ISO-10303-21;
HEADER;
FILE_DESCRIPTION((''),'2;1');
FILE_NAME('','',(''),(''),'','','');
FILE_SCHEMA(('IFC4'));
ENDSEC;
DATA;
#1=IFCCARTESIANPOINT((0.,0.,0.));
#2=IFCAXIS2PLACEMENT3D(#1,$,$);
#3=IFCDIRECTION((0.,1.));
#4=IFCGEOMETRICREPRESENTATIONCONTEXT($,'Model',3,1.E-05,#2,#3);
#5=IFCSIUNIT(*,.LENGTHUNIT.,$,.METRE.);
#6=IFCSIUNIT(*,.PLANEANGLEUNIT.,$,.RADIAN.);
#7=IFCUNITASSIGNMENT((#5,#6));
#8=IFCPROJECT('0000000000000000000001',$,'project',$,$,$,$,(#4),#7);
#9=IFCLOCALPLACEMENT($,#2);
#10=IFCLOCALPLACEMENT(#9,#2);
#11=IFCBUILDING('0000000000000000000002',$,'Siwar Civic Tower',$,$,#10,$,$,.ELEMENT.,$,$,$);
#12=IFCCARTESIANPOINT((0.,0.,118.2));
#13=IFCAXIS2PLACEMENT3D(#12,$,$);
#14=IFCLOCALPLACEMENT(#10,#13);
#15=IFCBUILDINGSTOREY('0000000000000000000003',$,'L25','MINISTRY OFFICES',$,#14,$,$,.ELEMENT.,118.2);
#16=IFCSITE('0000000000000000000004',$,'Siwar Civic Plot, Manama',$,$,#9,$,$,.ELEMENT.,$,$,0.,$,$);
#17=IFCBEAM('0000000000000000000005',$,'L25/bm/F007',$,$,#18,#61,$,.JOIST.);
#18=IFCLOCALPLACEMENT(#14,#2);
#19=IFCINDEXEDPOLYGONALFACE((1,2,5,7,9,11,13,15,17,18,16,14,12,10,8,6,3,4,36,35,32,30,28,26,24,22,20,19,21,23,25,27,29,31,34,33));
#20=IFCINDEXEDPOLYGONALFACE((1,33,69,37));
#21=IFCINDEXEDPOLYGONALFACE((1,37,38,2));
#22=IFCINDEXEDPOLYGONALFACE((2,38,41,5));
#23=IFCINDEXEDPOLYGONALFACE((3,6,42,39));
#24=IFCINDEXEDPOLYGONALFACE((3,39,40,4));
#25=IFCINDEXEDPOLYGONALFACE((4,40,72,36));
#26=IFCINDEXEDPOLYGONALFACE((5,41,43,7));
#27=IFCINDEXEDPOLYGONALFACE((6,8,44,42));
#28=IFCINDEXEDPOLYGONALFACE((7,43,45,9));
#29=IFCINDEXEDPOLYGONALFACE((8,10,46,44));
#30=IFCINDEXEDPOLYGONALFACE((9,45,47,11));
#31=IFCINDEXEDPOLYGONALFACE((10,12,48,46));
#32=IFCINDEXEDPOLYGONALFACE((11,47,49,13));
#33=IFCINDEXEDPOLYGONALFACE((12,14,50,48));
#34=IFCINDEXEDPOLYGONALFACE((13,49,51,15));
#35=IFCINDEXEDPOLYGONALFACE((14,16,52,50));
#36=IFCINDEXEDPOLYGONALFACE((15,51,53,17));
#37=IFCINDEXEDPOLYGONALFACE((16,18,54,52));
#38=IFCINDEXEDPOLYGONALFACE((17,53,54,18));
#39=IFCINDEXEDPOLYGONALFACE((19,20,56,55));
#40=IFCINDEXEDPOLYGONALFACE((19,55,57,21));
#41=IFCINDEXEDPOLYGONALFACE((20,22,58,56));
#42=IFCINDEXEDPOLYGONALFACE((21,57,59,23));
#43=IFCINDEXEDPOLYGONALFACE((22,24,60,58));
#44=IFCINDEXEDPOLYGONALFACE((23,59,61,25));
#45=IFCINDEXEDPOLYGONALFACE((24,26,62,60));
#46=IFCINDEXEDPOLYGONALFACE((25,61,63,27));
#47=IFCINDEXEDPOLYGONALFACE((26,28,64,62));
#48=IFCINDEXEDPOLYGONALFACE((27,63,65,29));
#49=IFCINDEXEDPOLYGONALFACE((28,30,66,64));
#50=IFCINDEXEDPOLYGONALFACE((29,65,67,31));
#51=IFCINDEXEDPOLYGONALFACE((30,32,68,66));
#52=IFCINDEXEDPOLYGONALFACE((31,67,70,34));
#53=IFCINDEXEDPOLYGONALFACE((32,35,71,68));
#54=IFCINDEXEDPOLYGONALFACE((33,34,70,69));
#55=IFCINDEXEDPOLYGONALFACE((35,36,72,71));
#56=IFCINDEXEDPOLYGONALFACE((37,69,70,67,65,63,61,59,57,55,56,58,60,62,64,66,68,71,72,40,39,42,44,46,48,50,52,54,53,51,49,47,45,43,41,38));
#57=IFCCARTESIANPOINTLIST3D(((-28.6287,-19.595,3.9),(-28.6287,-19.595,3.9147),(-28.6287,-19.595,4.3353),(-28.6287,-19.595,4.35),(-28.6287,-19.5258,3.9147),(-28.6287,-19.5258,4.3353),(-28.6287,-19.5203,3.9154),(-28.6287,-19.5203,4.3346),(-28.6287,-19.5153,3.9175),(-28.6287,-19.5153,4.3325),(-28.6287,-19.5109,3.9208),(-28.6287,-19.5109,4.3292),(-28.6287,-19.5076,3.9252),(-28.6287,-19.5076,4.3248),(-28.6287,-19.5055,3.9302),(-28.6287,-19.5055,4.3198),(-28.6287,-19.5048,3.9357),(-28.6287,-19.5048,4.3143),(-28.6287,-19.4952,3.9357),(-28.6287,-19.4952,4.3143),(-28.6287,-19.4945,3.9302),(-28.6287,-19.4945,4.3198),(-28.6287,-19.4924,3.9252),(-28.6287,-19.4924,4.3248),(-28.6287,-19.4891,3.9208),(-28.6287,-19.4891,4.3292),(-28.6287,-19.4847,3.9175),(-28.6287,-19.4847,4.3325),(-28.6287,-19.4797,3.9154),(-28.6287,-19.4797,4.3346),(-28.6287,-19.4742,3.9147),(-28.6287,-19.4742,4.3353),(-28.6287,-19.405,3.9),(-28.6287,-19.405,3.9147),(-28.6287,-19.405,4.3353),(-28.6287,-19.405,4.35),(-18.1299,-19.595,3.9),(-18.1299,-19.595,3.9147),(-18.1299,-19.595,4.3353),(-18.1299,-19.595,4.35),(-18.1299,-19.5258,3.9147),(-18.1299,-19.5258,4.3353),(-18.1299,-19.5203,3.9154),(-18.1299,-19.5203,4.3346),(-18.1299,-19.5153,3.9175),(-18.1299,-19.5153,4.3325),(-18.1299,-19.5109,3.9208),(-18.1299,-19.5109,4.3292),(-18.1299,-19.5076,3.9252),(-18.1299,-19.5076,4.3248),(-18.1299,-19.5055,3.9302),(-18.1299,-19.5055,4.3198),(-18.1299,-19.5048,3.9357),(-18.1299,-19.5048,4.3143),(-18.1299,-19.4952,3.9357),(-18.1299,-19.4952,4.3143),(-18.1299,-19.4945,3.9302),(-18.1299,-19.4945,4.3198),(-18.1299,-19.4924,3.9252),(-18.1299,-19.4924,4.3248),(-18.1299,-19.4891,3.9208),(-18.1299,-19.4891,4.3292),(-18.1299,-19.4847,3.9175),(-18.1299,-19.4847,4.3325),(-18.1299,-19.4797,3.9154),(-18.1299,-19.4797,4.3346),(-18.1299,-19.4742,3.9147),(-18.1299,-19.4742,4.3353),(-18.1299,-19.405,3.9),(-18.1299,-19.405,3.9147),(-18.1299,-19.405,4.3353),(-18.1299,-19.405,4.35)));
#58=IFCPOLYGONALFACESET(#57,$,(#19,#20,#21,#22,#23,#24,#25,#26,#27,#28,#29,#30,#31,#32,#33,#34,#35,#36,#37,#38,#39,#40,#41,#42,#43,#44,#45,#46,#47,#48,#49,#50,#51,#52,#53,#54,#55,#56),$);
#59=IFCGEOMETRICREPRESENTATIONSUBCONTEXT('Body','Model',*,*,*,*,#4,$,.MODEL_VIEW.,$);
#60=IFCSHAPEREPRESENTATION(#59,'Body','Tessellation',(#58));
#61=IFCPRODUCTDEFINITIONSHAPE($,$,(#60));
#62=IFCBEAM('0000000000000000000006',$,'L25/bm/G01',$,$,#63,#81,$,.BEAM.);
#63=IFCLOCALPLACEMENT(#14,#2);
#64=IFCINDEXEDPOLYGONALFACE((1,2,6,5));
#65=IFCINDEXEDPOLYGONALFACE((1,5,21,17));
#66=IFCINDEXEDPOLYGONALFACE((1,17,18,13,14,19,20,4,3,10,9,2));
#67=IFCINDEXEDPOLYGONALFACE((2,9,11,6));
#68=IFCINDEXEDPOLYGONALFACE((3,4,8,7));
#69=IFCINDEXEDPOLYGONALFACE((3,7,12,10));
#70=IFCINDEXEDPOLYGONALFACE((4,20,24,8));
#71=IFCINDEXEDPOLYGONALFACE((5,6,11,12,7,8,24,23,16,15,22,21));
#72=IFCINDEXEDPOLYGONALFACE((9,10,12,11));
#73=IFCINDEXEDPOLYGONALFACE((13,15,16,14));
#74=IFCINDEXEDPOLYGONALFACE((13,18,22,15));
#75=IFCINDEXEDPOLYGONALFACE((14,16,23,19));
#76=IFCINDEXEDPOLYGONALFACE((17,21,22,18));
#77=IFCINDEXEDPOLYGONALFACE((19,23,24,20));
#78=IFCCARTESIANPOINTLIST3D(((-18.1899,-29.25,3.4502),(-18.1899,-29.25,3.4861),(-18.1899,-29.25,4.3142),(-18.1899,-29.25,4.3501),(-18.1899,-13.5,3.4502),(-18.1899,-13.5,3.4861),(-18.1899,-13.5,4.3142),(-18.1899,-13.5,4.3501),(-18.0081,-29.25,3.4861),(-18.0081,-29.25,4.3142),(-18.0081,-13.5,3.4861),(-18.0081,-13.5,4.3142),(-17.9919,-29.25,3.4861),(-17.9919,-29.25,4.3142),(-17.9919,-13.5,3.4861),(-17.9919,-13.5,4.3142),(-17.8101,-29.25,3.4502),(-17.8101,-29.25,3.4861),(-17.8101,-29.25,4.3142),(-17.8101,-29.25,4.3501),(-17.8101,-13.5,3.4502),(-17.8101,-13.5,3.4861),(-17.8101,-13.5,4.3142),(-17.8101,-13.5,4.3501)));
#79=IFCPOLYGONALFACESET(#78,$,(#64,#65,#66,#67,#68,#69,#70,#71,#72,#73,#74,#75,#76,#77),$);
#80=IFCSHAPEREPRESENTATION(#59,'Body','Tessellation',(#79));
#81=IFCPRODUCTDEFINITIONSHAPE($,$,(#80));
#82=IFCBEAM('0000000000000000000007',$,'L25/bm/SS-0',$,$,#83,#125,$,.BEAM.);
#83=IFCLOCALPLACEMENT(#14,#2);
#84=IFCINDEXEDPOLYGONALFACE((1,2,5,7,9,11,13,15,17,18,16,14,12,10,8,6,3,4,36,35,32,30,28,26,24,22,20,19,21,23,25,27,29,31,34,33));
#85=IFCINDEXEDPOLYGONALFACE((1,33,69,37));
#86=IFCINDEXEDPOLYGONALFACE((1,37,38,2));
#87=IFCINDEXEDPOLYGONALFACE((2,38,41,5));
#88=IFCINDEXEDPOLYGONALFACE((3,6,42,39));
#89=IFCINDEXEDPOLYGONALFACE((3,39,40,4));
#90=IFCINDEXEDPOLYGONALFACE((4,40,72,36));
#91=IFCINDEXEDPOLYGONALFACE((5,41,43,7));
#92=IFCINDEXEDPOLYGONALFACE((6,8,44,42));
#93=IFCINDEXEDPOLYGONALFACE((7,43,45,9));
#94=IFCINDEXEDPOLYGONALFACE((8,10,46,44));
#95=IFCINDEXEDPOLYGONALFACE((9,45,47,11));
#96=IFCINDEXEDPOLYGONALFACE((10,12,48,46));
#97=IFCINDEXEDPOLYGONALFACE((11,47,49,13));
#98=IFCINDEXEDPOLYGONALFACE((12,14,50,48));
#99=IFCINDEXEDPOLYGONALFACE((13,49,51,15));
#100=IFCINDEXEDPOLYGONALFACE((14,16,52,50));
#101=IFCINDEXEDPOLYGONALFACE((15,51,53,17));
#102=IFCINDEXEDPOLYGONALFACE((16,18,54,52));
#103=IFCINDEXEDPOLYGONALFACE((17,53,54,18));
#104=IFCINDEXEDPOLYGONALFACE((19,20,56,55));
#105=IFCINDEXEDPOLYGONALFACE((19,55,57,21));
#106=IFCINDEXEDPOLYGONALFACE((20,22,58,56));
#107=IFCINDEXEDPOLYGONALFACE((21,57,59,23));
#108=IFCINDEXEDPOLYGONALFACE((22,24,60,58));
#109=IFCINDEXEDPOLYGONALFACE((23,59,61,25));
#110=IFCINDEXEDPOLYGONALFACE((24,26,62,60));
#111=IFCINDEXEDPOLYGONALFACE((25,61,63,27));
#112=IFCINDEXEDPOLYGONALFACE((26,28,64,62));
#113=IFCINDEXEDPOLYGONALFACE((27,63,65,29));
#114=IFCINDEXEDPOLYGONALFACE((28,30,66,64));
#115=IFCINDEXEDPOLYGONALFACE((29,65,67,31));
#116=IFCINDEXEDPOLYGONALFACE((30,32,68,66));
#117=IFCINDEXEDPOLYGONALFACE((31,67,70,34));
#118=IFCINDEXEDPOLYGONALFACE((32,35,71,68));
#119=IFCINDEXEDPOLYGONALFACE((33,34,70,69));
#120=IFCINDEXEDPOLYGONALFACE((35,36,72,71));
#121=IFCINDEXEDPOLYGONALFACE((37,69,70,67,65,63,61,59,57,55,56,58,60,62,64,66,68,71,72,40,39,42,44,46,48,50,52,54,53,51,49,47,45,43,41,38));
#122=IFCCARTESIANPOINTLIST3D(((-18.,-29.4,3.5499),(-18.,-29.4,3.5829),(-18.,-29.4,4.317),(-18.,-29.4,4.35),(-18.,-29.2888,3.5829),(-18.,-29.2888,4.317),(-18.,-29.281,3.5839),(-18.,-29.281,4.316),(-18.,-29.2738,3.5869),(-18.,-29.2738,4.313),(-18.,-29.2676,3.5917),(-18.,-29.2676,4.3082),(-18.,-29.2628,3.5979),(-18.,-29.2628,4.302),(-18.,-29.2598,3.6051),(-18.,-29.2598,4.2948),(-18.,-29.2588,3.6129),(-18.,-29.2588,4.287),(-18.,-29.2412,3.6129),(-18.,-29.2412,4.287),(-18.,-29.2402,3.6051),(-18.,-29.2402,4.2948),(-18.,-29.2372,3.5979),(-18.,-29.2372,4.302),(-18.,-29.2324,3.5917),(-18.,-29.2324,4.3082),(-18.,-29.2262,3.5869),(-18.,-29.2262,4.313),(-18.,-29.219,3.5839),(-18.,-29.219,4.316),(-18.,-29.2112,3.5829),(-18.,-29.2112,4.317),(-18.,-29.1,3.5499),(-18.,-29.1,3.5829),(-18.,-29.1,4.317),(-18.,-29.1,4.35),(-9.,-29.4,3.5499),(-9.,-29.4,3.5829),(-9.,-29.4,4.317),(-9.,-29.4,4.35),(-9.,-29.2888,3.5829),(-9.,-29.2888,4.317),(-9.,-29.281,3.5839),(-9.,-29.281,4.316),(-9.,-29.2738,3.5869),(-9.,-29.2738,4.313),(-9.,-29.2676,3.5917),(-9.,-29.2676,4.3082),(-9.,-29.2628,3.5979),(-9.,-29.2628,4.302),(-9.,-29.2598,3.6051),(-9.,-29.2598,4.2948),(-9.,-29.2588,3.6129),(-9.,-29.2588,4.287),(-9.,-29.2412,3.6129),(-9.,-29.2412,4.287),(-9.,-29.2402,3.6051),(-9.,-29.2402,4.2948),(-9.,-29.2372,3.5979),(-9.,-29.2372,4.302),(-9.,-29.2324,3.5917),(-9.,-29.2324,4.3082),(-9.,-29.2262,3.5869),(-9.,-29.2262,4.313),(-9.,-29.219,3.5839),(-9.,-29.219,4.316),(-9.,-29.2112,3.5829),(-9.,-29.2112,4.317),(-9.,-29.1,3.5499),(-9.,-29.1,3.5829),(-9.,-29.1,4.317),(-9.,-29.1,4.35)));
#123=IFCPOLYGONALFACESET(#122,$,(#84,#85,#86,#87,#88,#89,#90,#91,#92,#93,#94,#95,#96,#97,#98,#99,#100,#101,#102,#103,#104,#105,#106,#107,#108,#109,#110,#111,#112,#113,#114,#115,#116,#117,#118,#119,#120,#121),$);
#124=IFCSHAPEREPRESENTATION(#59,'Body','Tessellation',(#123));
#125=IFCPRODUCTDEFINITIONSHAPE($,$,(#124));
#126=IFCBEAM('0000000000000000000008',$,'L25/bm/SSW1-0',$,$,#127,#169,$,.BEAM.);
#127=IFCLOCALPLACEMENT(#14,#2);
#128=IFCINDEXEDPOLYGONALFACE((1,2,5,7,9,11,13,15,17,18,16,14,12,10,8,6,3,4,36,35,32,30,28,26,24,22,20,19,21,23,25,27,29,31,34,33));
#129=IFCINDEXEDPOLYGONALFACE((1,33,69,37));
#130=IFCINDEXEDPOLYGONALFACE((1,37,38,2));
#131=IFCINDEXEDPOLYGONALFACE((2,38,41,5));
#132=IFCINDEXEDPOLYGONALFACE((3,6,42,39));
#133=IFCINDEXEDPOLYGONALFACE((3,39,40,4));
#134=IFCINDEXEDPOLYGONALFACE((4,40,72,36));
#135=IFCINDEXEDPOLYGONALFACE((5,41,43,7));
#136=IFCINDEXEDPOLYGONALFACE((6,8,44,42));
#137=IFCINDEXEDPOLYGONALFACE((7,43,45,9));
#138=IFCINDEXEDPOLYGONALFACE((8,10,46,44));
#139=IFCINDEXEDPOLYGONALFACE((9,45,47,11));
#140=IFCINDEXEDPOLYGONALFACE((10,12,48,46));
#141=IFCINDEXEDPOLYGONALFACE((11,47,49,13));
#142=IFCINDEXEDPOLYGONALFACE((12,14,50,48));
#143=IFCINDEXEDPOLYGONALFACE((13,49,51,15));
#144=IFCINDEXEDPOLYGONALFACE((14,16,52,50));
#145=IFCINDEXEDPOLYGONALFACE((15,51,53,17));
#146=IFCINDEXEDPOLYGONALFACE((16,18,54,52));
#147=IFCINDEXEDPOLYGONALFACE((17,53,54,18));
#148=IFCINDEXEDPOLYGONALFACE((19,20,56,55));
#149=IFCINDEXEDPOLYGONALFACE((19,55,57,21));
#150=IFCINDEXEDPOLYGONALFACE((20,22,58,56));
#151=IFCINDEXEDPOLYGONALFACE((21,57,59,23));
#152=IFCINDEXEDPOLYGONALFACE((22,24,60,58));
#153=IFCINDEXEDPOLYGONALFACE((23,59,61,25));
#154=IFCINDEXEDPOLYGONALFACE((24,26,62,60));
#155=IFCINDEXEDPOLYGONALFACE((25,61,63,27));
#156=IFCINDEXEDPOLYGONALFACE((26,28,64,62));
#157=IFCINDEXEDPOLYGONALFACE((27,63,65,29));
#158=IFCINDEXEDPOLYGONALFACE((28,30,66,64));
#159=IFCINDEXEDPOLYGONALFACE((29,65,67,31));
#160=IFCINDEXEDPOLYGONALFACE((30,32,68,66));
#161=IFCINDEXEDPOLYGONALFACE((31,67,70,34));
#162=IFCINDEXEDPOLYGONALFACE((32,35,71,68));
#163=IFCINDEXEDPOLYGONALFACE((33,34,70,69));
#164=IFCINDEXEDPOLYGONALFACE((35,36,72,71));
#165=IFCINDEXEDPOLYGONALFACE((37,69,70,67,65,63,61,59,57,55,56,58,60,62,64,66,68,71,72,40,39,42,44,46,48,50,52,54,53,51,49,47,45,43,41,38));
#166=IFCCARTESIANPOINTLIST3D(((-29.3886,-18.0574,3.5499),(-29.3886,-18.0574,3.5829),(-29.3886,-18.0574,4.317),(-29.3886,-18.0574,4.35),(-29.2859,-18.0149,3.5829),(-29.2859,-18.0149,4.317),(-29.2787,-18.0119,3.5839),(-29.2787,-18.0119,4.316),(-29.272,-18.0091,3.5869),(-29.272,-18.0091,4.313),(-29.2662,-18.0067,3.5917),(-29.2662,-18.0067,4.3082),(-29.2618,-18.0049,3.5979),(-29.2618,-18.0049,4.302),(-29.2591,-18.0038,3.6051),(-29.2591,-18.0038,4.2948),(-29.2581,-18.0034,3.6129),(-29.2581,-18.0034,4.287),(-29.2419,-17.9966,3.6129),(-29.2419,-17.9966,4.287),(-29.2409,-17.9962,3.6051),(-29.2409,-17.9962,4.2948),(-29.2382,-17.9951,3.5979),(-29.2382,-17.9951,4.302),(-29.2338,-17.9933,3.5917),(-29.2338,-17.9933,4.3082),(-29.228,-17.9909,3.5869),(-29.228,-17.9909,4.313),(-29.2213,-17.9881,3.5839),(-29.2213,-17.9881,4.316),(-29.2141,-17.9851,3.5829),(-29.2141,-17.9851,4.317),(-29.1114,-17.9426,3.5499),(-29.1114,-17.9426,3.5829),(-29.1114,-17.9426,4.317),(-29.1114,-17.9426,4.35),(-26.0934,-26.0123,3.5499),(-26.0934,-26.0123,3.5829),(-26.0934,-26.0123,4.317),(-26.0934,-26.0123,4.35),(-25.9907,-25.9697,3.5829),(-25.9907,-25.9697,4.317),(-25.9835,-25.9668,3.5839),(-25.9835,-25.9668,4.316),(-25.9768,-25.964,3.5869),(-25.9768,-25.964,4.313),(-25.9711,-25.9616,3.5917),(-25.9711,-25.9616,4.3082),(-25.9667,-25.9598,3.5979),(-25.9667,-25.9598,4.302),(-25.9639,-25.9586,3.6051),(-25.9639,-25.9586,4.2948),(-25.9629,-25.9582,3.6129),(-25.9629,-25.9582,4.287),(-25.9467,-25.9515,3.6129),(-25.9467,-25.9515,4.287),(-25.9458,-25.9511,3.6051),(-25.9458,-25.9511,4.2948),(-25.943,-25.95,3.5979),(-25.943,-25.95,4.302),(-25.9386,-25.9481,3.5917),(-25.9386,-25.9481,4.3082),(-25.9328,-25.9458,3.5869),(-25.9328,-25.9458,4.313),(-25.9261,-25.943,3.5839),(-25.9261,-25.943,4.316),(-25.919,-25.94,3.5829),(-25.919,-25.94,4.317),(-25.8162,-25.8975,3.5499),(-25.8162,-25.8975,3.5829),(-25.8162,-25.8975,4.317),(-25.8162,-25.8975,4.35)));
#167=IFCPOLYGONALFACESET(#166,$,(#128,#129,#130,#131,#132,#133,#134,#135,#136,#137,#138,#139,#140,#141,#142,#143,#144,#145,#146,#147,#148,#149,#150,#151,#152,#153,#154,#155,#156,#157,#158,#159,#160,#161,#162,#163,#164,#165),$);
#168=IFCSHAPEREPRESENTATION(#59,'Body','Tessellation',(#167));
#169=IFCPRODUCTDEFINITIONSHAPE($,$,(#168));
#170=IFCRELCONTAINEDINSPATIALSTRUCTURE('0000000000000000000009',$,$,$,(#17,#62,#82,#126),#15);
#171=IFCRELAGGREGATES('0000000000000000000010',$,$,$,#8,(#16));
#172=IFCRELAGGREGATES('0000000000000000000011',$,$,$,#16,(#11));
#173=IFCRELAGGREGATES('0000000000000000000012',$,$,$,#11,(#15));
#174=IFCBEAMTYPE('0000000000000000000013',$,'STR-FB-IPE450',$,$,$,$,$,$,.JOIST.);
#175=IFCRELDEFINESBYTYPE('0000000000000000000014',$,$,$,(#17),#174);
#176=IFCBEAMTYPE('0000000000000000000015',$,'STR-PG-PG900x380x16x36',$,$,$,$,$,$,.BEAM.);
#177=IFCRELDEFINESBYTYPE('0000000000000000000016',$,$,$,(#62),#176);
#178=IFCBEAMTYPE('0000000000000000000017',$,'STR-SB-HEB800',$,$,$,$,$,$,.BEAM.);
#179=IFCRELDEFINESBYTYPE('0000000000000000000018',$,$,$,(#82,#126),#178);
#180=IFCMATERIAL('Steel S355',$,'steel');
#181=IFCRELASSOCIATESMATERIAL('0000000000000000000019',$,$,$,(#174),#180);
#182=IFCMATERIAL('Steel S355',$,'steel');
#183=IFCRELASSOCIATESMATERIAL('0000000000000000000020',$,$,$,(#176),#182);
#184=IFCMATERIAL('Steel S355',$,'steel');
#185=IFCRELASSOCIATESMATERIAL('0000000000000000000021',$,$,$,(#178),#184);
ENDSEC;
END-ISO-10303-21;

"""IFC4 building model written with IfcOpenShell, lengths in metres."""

from ifc_helpers import new_model, si_unit, direction, frame, origin, origin_2d, place, context, subcontext, project, spatial, i_section, extrude, material, material_profile, profile_set, type_object, element, save


model = new_model("IFC4")

# Units and contexts
model_context = context("Model", 3, precision=1e-05, world=origin(), true_north=direction((0.0, 1.0)))
body_context = subcontext(model_context, "Body", "Model", "MODEL_VIEW")
ifc_project = project(units=[si_unit("LENGTHUNIT", "METRE"), si_unit("PLANEANGLEUNIT", "RADIAN")], contexts=[model_context])

# Site, building, storey
site_placement = place(None, origin())
site = spatial("IfcSite", under=ifc_project, at=site_placement, Name="Siwar Civic Plot, Manama", CompositionType="ELEMENT", RefElevation=0.0)
building_placement = place(site_placement, origin())
building = spatial("IfcBuilding", under=site, at=building_placement, Name="Siwar Civic Tower", CompositionType="ELEMENT")
storey_placement = place(building_placement, frame((0.0, 0.0, 118.2)))
storey = spatial("IfcBuildingStorey", under=building, at=storey_placement, Name="L25", Description="MINISTRY OFFICES", CompositionType="ELEMENT", Elevation=118.2)

# Beams
ifc_material_1 = material(Name="Steel S355", Category="steel")
ifc_material_profile_1 = material_profile(ifc_material_1, i_section(OverallWidth=0.1899, OverallDepth=0.45, WebThickness=0.0095, FlangeThickness=0.0146, FilletRadius=0.021, at=origin_2d()), Name="IPE450")
ifc_profile_set_1 = profile_set([ifc_material_profile_1], Name="Steel S355")
beam_type_1 = type_object("IfcBeamType", Name="STR-FB-IPE450", PredefinedType="JOIST", material=ifc_profile_set_1)
beam_1_placement = place(storey_placement, frame((-28.6287, -19.5, 4.125), z_axis=(1.0, 0.0, 0.0), x_axis=(0.0, 1.0, 0.0)))
element("IfcBeam", 1, at=beam_1_placement, inside=storey, type_object=beam_type_1, Name="L25/bm/F007", PredefinedType="JOIST", context=body_context, shape_type="SweptSolid", body=[
    extrude(i_section(OverallWidth=0.1899, OverallDepth=0.45, WebThickness=0.0095, FlangeThickness=0.0146, FilletRadius=0.021, at=origin_2d()), origin(), (0.0, 0.0, 1.0), 10.4988),
])
ifc_material_2 = material(Name="Steel S355", Category="steel")
ifc_material_profile_2 = material_profile(ifc_material_2, i_section(OverallWidth=0.3799, OverallDepth=0.8999, WebThickness=0.0161, FlangeThickness=0.0359, at=origin_2d()), Name="PG900x380x16x36")
ifc_profile_set_2 = profile_set([ifc_material_profile_2], Name="Steel S355")
beam_type_2 = type_object("IfcBeamType", Name="STR-PG-PG900x380x16x36", PredefinedType="BEAM", material=ifc_profile_set_2)
beam_2_placement = place(storey_placement, frame((-18.0, -29.25, 3.9001), z_axis=(0.0, 1.0, 0.0), x_axis=(-1.0, 0.0, 0.0)))
element("IfcBeam", 2, at=beam_2_placement, inside=storey, type_object=beam_type_2, Name="L25/bm/G01", PredefinedType="BEAM", context=body_context, shape_type="SweptSolid", body=[
    extrude(i_section(OverallWidth=0.3799, OverallDepth=0.8999, WebThickness=0.0161, FlangeThickness=0.0359, at=origin_2d()), origin(), (0.0, 0.0, 1.0), 15.75),
])
ifc_material_3 = material(Name="Steel S355", Category="steel")
ifc_material_profile_3 = material_profile(ifc_material_3, i_section(OverallWidth=0.3, OverallDepth=0.8, WebThickness=0.0176, FlangeThickness=0.033, FilletRadius=0.03, at=origin_2d()), Name="HEB800")
ifc_profile_set_3 = profile_set([ifc_material_profile_3], Name="Steel S355")
beam_type_3 = type_object("IfcBeamType", Name="STR-SB-HEB800", PredefinedType="BEAM", material=ifc_profile_set_3)
beam_3_placement = place(storey_placement, frame((-18.0, -29.25, 3.95), z_axis=(1.0, 0.0, 0.0), x_axis=(0.0, 1.0, 0.0)))
element("IfcBeam", 3, at=beam_3_placement, inside=storey, type_object=beam_type_3, Name="L25/bm/SS-0", PredefinedType="BEAM", context=body_context, shape_type="SweptSolid", body=[
    extrude(i_section(OverallWidth=0.3, OverallDepth=0.8, WebThickness=0.0176, FlangeThickness=0.033, FilletRadius=0.03, at=origin_2d()), origin(), (0.0, 0.0, 1.0), 9.0),
])
for number, where, z_axis, x_axis, name in (
    (4, (-29.25, -18.0, 3.95), (0.3827, -0.923873, 0.0), (0.923873, 0.3827, 0.0), "L25/bm/SSW1-0"),
):
    element("IfcBeam", number, at=place(storey_placement, frame(where, z_axis=z_axis, x_axis=x_axis)), inside=storey, type_object=beam_type_3, Name=name, PredefinedType="BEAM", context=body_context, shape_type="SweptSolid", body=[
        extrude(i_section(OverallWidth=0.3, OverallDepth=0.8, WebThickness=0.0176, FlangeThickness=0.033, FilletRadius=0.03, at=origin_2d()), origin(), (0.0, 0.0, 1.0), 8.6104),
    ])

save(model, "model.ifc")
